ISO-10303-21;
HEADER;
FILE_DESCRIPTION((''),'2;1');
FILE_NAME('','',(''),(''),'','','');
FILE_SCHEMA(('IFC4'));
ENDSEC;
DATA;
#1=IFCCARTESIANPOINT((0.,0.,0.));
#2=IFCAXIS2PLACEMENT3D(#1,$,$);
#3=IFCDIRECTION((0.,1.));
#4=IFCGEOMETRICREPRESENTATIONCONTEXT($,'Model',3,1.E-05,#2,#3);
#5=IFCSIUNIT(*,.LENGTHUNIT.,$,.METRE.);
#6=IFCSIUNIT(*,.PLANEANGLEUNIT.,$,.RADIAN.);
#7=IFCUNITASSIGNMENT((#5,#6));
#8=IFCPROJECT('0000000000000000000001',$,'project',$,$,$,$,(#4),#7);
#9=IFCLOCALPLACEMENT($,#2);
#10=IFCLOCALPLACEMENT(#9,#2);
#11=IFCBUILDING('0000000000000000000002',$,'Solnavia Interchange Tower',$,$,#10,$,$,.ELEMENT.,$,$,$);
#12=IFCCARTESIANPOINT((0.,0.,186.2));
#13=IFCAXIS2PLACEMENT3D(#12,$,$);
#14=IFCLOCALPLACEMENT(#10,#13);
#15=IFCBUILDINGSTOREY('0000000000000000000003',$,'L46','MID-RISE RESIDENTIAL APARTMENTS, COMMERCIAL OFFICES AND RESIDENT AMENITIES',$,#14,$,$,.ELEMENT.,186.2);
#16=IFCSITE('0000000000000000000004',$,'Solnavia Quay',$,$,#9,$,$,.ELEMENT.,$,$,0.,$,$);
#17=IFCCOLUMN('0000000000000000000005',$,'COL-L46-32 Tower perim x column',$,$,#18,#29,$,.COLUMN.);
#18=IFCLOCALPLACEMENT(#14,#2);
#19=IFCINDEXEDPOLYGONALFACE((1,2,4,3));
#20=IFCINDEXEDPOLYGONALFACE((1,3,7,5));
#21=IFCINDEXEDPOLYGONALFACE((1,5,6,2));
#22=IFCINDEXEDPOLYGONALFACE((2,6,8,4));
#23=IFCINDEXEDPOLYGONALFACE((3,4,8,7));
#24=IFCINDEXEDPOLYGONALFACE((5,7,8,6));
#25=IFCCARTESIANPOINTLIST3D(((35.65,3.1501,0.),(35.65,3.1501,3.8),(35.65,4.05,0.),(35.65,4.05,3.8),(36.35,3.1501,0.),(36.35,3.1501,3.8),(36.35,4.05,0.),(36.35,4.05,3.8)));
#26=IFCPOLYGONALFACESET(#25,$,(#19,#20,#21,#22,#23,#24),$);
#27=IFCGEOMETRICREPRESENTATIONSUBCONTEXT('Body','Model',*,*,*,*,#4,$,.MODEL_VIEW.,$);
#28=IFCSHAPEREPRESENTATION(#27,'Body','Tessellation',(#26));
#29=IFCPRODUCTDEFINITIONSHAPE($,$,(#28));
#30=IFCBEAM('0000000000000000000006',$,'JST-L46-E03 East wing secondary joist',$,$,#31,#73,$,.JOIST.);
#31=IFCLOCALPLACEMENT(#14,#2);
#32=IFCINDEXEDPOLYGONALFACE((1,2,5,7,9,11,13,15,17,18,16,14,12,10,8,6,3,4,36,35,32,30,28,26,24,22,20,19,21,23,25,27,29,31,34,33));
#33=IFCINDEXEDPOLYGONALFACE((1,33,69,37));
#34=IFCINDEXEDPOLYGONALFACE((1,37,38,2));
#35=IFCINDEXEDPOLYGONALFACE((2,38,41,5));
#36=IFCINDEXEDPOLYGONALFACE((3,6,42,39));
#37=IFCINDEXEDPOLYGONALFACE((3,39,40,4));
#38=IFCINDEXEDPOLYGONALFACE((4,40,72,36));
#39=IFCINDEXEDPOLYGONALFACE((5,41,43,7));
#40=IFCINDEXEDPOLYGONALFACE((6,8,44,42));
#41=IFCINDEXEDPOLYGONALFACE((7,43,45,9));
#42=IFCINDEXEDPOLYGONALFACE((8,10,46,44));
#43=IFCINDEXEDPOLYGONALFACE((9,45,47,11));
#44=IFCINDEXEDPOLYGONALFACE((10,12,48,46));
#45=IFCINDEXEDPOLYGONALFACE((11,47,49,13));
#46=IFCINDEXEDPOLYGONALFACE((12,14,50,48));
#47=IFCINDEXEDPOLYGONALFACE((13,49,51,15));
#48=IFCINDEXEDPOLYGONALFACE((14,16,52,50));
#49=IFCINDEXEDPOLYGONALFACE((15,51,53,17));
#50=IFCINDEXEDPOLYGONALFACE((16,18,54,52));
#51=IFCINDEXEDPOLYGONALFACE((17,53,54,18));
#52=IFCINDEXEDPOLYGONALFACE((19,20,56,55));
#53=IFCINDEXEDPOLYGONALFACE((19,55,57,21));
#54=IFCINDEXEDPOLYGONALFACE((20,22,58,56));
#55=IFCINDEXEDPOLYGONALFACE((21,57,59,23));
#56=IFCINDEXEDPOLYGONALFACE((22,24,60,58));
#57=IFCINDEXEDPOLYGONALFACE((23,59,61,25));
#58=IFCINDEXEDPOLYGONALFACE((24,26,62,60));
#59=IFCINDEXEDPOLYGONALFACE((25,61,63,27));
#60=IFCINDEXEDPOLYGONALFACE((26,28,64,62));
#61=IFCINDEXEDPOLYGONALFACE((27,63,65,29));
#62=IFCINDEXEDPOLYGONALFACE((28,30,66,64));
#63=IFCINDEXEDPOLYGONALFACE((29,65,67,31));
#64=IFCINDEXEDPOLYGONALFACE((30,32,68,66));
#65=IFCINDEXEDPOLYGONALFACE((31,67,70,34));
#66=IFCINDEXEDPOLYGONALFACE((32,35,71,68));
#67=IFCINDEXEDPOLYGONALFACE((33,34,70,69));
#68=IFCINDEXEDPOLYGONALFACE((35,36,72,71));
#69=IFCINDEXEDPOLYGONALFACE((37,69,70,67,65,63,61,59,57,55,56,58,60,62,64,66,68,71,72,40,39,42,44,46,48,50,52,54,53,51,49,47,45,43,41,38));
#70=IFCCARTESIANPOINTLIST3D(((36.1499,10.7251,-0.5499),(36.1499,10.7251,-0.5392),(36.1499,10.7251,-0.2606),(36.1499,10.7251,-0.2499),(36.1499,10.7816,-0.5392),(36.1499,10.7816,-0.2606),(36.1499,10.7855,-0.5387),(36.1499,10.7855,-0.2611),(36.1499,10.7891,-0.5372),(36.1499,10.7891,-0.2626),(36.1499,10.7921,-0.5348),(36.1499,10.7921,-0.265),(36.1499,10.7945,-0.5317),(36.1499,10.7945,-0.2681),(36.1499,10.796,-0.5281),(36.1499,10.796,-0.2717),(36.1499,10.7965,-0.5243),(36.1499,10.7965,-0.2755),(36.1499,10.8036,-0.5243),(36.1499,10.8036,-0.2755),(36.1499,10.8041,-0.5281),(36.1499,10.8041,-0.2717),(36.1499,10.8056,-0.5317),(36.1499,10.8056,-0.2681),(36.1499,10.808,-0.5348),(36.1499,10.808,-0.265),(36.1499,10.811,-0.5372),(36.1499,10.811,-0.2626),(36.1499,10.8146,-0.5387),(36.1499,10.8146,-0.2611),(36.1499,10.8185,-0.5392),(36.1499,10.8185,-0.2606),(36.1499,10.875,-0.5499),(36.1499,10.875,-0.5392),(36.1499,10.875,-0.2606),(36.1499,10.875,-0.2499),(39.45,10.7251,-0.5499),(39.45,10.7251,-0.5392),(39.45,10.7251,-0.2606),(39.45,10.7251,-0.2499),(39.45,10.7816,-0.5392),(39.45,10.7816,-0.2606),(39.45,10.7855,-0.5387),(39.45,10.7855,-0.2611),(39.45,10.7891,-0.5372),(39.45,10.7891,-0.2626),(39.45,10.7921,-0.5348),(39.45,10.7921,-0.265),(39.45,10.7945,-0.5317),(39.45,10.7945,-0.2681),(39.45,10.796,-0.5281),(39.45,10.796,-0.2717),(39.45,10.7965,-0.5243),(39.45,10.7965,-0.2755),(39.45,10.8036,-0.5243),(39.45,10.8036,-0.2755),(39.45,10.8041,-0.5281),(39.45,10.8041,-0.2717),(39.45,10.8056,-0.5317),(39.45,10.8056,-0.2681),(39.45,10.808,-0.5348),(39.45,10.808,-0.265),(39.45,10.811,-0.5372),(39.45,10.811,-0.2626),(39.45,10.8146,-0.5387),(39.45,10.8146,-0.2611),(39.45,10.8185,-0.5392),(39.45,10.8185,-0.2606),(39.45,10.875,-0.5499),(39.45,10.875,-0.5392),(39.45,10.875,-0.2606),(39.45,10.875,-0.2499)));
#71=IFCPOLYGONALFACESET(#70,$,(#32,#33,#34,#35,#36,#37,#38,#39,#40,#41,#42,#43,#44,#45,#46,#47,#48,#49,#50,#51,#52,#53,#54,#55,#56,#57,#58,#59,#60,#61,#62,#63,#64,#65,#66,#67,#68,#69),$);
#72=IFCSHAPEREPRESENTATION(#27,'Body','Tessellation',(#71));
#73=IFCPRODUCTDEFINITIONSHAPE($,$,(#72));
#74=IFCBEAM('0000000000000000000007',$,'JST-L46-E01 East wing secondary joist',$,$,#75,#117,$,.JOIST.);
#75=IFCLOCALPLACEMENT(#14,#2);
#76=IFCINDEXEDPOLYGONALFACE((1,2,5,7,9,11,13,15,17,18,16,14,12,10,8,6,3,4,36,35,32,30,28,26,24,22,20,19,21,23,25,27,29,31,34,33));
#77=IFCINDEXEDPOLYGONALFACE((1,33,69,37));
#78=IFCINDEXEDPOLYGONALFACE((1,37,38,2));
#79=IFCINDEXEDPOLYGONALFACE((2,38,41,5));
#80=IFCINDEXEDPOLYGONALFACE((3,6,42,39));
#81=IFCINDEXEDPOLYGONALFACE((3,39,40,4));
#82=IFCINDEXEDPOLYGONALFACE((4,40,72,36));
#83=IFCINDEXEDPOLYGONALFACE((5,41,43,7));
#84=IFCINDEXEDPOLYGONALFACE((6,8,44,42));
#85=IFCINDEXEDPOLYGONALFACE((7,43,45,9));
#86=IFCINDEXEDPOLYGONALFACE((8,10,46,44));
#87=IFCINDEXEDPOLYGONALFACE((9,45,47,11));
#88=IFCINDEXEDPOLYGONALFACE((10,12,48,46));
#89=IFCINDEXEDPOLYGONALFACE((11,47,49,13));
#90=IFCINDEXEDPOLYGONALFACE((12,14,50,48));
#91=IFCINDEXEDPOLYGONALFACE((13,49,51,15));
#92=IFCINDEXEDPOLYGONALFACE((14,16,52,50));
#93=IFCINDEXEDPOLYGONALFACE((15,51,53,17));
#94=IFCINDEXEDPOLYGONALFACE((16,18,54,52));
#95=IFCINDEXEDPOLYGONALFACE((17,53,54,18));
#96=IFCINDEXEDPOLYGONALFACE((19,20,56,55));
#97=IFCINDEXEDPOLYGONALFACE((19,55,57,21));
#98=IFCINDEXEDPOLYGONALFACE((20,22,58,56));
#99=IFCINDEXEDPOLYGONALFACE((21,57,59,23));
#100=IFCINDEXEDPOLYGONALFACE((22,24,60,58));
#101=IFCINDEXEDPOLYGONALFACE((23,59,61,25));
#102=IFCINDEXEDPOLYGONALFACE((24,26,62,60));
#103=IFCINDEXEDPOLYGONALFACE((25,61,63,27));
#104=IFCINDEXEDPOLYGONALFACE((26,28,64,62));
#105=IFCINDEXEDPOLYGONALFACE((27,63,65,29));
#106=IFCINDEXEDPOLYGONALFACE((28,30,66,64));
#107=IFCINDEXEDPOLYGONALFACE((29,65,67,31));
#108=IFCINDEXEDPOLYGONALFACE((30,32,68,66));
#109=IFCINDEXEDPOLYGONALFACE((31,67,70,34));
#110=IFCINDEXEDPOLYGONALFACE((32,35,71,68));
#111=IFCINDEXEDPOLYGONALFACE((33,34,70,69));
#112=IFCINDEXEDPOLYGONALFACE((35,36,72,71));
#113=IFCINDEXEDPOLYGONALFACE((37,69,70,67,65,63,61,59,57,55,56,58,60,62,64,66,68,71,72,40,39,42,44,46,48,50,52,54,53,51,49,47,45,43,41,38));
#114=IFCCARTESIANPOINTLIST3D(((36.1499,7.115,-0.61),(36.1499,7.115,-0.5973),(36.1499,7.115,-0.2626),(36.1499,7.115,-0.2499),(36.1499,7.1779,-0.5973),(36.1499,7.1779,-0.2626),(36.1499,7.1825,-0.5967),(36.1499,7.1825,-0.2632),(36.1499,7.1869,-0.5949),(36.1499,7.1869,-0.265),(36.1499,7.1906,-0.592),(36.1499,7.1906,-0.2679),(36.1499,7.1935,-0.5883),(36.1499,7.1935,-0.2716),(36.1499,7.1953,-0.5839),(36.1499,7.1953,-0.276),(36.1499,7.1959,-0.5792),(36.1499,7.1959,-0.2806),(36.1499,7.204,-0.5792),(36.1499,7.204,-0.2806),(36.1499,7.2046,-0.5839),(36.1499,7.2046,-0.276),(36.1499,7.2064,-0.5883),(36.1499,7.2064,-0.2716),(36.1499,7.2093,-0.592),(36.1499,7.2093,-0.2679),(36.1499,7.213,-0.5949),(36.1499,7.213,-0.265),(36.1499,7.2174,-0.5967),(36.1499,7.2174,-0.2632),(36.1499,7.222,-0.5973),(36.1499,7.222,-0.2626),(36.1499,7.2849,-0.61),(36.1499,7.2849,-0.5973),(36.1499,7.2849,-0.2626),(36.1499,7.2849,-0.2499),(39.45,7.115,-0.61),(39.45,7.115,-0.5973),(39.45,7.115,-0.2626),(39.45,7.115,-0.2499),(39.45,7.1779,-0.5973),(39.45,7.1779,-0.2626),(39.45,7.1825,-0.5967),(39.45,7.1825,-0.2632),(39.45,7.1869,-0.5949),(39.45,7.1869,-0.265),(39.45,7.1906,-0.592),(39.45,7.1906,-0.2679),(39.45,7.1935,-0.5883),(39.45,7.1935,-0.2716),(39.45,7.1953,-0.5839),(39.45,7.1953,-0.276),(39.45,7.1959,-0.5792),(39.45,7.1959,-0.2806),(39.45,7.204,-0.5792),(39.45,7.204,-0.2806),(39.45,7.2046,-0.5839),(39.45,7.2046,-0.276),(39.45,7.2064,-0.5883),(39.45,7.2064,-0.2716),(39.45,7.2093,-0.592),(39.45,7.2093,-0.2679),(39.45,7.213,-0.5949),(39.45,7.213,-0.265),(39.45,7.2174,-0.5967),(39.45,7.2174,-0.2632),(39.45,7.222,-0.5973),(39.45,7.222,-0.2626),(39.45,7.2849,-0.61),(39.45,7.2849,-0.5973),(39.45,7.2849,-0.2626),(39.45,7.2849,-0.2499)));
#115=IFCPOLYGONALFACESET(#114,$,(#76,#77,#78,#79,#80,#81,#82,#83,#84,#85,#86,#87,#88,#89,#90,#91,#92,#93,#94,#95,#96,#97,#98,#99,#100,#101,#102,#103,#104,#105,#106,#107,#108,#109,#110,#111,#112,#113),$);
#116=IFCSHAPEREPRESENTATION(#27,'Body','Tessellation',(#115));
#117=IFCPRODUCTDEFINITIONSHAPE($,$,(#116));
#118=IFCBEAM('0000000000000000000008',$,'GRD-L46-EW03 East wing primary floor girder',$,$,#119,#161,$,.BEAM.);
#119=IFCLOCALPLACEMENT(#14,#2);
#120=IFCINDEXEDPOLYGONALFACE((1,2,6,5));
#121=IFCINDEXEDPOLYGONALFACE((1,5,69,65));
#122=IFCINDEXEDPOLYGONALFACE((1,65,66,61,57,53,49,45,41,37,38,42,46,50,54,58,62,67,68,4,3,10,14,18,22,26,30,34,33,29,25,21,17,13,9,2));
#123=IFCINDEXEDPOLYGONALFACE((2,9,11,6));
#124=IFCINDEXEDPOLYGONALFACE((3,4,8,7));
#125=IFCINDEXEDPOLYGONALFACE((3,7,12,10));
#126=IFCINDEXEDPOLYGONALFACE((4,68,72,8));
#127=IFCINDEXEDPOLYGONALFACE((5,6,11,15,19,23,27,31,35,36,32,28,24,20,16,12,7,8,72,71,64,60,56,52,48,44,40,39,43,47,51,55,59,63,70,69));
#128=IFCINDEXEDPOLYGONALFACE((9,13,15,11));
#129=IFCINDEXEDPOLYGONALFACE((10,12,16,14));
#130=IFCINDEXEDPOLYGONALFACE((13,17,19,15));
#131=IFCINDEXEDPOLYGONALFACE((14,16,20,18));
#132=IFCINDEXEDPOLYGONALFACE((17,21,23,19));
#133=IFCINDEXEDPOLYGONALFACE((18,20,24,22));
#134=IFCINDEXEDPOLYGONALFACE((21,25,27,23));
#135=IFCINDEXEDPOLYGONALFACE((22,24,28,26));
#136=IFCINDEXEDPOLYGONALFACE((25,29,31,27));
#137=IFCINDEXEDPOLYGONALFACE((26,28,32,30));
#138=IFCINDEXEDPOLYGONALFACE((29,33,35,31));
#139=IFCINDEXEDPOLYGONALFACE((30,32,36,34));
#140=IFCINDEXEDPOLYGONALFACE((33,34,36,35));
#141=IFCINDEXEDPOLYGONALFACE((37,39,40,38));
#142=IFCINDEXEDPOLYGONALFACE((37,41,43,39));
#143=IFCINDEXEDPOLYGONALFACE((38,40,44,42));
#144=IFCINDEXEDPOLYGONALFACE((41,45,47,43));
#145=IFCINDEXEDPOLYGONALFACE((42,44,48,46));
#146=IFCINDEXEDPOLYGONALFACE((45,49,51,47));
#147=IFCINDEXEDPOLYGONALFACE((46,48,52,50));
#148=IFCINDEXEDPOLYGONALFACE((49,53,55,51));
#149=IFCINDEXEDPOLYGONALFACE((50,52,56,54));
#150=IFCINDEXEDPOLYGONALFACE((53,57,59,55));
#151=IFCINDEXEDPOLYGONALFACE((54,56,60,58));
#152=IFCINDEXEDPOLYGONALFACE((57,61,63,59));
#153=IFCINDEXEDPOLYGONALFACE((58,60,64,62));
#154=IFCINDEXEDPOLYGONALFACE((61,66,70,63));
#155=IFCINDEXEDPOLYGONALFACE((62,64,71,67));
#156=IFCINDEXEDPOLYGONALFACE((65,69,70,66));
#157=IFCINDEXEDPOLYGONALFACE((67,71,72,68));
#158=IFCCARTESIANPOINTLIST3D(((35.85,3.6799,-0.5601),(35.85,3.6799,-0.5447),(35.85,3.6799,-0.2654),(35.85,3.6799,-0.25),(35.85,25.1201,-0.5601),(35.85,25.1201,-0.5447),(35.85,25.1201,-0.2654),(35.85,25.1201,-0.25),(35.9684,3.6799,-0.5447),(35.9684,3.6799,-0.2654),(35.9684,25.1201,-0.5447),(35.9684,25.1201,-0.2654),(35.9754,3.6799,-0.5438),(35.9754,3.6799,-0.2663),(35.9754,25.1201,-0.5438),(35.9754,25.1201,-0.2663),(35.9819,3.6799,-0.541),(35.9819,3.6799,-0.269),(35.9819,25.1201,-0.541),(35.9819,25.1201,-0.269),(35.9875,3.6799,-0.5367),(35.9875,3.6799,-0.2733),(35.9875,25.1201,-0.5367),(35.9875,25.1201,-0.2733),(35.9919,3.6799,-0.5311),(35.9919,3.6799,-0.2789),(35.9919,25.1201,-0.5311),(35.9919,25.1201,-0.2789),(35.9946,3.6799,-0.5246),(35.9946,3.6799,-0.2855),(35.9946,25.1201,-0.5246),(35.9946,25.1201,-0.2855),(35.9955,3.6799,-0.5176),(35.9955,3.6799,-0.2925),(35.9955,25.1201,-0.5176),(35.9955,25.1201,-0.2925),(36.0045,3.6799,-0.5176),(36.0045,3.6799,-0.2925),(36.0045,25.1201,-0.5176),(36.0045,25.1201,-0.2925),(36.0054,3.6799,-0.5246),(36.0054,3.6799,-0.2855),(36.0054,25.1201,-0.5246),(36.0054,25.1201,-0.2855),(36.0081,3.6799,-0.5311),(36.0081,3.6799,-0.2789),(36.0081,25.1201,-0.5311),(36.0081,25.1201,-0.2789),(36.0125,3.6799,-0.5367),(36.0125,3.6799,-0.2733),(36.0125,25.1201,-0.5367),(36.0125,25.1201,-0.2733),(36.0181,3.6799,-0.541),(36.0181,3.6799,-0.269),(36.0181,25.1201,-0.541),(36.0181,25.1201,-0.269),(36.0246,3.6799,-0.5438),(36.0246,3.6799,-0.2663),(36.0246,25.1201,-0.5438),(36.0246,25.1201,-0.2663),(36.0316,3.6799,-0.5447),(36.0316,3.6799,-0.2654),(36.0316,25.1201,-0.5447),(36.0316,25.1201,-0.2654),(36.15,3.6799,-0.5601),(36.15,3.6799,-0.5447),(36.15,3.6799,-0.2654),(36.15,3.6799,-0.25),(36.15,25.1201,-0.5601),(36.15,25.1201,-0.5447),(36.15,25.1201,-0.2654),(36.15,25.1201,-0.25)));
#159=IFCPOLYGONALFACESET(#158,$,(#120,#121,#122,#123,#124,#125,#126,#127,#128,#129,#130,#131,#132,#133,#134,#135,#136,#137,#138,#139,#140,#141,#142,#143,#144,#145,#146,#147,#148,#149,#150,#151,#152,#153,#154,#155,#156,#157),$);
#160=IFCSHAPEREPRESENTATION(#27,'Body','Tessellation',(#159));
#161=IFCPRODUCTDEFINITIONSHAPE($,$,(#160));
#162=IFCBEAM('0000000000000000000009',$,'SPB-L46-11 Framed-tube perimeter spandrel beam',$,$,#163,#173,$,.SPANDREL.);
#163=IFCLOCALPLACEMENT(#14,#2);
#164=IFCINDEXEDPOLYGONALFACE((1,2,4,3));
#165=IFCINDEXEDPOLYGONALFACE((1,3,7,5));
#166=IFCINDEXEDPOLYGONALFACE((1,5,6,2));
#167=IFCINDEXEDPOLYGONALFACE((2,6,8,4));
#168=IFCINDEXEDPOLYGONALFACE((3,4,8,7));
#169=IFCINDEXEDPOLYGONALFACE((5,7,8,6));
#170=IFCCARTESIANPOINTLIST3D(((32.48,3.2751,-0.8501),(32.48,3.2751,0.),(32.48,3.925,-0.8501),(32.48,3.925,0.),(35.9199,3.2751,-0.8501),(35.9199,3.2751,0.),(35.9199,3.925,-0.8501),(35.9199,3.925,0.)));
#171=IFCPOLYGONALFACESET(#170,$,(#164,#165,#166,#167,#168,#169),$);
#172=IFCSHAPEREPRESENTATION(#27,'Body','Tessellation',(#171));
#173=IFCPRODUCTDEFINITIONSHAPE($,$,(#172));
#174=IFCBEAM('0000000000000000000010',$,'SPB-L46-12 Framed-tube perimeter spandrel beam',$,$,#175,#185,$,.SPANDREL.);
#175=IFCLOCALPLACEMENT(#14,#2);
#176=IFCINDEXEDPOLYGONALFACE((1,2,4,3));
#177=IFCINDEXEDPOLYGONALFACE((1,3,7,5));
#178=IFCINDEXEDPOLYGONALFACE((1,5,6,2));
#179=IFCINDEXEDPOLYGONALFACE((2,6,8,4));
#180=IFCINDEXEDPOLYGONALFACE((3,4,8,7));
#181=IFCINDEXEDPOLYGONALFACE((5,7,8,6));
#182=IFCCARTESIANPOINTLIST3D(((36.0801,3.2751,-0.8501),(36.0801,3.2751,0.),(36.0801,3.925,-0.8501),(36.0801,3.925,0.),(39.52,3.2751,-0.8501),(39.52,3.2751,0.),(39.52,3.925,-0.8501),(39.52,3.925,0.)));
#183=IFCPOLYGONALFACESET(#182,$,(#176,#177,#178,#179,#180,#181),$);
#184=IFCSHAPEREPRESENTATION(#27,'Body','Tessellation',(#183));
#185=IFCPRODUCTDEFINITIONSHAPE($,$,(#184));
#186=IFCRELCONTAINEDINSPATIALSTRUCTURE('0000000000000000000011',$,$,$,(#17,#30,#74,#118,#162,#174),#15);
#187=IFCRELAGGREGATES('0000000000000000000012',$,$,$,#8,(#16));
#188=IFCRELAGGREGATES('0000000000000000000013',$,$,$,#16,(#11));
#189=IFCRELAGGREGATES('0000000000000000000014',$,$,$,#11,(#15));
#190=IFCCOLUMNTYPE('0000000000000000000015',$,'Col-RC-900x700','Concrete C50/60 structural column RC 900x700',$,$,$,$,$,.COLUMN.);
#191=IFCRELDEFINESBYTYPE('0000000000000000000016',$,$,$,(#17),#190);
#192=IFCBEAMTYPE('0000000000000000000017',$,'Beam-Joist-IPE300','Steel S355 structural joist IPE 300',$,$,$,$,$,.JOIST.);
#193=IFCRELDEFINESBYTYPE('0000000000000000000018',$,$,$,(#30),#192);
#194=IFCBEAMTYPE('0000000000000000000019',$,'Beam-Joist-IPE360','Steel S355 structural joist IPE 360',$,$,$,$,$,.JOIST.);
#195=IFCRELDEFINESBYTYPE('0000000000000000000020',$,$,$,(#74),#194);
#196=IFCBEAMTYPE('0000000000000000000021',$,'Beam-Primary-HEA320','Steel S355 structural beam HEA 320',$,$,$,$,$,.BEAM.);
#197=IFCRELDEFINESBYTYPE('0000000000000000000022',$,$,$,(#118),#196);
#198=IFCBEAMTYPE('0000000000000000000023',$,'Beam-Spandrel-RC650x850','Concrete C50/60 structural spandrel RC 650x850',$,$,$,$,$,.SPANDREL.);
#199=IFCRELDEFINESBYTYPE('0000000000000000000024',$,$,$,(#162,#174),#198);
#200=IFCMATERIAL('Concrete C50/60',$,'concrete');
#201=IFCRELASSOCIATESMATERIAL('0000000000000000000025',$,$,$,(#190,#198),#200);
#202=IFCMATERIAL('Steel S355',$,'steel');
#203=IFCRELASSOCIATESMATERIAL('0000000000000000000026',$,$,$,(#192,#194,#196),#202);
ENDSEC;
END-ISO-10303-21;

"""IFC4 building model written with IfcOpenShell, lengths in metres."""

from ifc_helpers import new_model, si_unit, direction, frame, origin, origin_2d, place, context, subcontext, project, spatial, rectangle, i_section, extrude, material, material_profile, profile_set, type_object, element, save


model = new_model("IFC4")

# Units and contexts
model_context = context("Model", 3, precision=1e-05, world=origin(), true_north=direction((0.0, 1.0)))
body_context = subcontext(model_context, "Body", "Model", "MODEL_VIEW")
ifc_project = project(units=[si_unit("LENGTHUNIT", "METRE"), si_unit("PLANEANGLEUNIT", "RADIAN")], contexts=[model_context])

# Site, building, storey
site_placement = place(None, origin())
site = spatial("IfcSite", under=ifc_project, at=site_placement, Name="Solnavia Quay", CompositionType="ELEMENT", RefElevation=0.0)
building_placement = place(site_placement, origin())
building = spatial("IfcBuilding", under=site, at=building_placement, Name="Solnavia Interchange Tower", CompositionType="ELEMENT")
storey_placement = place(building_placement, frame((0.0, 0.0, 186.2)))
storey = spatial("IfcBuildingStorey", under=building, at=storey_placement, Name="L46", Description="MID-RISE RESIDENTIAL APARTMENTS, COMMERCIAL OFFICES AND RESIDENT AMENITIES", CompositionType="ELEMENT", Elevation=186.2)

# Column
ifc_material_1 = material(Name="Concrete C50/60", Category="concrete")
ifc_material_profile_1 = material_profile(ifc_material_1, rectangle(XDim=0.7, YDim=0.8999, at=origin_2d()), Name="RC 900x700")
ifc_profile_set_1 = profile_set([ifc_material_profile_1], Name="Concrete C50/60")
column_type = type_object("IfcColumnType", Name="Col-RC-900x700", Description="Concrete C50/60 structural column RC 900x700", PredefinedType="COLUMN", material=ifc_profile_set_1)
column_placement = place(storey_placement, frame((36.0, 3.6001, 0.0), z_axis=(0.0, 0.0, 1.0), x_axis=(1.0, 0.0, 0.0)))
element("IfcColumn", 1, at=column_placement, inside=storey, type_object=column_type, Name="COL-L46-32 Tower perim x column", PredefinedType="COLUMN", context=body_context, shape_type="SweptSolid", body=[
    extrude(rectangle(XDim=0.7, YDim=0.8999, at=origin_2d()), origin(), (0.0, 0.0, 1.0), 3.8),
])

# Beams
ifc_material_2 = material(Name="Steel S355", Category="steel")
ifc_material_profile_2 = material_profile(ifc_material_2, i_section(OverallWidth=0.1499, OverallDepth=0.3, WebThickness=0.0071, FlangeThickness=0.0107, FilletRadius=0.0149, at=origin_2d()), Name="IPE 300")
ifc_profile_set_2 = profile_set([ifc_material_profile_2], Name="Steel S355")
beam_type_1 = type_object("IfcBeamType", Name="Beam-Joist-IPE300", Description="Steel S355 structural joist IPE 300", PredefinedType="JOIST", material=ifc_profile_set_2)
beam_1_placement = place(storey_placement, frame((36.1499, 10.8, -0.3999), z_axis=(1.0, 0.0, 0.0), x_axis=(0.0, 1.0, 0.0)))
element("IfcBeam", 2, at=beam_1_placement, inside=storey, type_object=beam_type_1, Name="JST-L46-E03 East wing secondary joist", PredefinedType="JOIST", context=body_context, shape_type="SweptSolid", body=[
    extrude(i_section(OverallWidth=0.1499, OverallDepth=0.3, WebThickness=0.0071, FlangeThickness=0.0107, FilletRadius=0.0149, at=origin_2d()), origin(), (0.0, 0.0, 1.0), 3.3),
])
ifc_material_profile_3 = material_profile(ifc_material_2, i_section(OverallWidth=0.1699, OverallDepth=0.3601, WebThickness=0.0081, FlangeThickness=0.0127, FilletRadius=0.0181, at=origin_2d()), Name="IPE 360")
ifc_profile_set_3 = profile_set([ifc_material_profile_3], Name="Steel S355")
beam_type_2 = type_object("IfcBeamType", Name="Beam-Joist-IPE360", Description="Steel S355 structural joist IPE 360", PredefinedType="JOIST", material=ifc_profile_set_3)
beam_2_placement = place(storey_placement, frame((36.1499, 7.2, -0.4299), z_axis=(1.0, 0.0, 0.0), x_axis=(0.0, 1.0, 0.0)))
element("IfcBeam", 3, at=beam_2_placement, inside=storey, type_object=beam_type_2, Name="JST-L46-E01 East wing secondary joist", PredefinedType="JOIST", context=body_context, shape_type="SweptSolid", body=[
    extrude(i_section(OverallWidth=0.1699, OverallDepth=0.3601, WebThickness=0.0081, FlangeThickness=0.0127, FilletRadius=0.0181, at=origin_2d()), origin(), (0.0, 0.0, 1.0), 3.3),
])
ifc_material_profile_4 = material_profile(ifc_material_2, i_section(OverallWidth=0.3, OverallDepth=0.3101, WebThickness=0.009, FlangeThickness=0.0154, FilletRadius=0.0271, at=origin_2d()), Name="HEA 320")
ifc_profile_set_4 = profile_set([ifc_material_profile_4], Name="Steel S355")
beam_type_3 = type_object("IfcBeamType", Name="Beam-Primary-HEA320", Description="Steel S355 structural beam HEA 320", PredefinedType="BEAM", material=ifc_profile_set_4)
beam_3_placement = place(storey_placement, frame((36.0, 3.6799, -0.405), z_axis=(0.0, 1.0, 0.0), x_axis=(-1.0, 0.0, 0.0)))
element("IfcBeam", 4, at=beam_3_placement, inside=storey, type_object=beam_type_3, Name="GRD-L46-EW03 East wing primary floor girder", PredefinedType="BEAM", context=body_context, shape_type="SweptSolid", body=[
    extrude(i_section(OverallWidth=0.3, OverallDepth=0.3101, WebThickness=0.009, FlangeThickness=0.0154, FilletRadius=0.0271, at=origin_2d()), origin(), (0.0, 0.0, 1.0), 21.4402),
])
ifc_material_profile_5 = material_profile(ifc_material_1, rectangle(XDim=0.6499, YDim=0.8501, at=origin_2d()), Name="RC 650x850")
ifc_profile_set_5 = profile_set([ifc_material_profile_5], Name="Concrete C50/60")
beam_type_4 = type_object("IfcBeamType", Name="Beam-Spandrel-RC650x850", Description="Concrete C50/60 structural spandrel RC 650x850", PredefinedType="SPANDREL", material=ifc_profile_set_5)
for number, where, z_axis, x_axis, name in (
    (5, (32.48, 3.6001, -0.425), (1.0, 0.0, 0.0), (0.0, 1.0, 0.0), "SPB-L46-11 Framed-tube perimeter spandrel beam"),
    (6, (36.0801, 3.6001, -0.425), (1.0, 0.0, 0.0), (0.0, 1.0, 0.0), "SPB-L46-12 Framed-tube perimeter spandrel beam"),
):
    element("IfcBeam", number, at=place(storey_placement, frame(where, z_axis=z_axis, x_axis=x_axis)), inside=storey, type_object=beam_type_4, Name=name, PredefinedType="SPANDREL", context=body_context, shape_type="SweptSolid", body=[
        extrude(rectangle(XDim=0.6499, YDim=0.8501, at=origin_2d()), origin(), (0.0, 0.0, 1.0), 3.4399),
    ])

save(model, "model.ifc")
